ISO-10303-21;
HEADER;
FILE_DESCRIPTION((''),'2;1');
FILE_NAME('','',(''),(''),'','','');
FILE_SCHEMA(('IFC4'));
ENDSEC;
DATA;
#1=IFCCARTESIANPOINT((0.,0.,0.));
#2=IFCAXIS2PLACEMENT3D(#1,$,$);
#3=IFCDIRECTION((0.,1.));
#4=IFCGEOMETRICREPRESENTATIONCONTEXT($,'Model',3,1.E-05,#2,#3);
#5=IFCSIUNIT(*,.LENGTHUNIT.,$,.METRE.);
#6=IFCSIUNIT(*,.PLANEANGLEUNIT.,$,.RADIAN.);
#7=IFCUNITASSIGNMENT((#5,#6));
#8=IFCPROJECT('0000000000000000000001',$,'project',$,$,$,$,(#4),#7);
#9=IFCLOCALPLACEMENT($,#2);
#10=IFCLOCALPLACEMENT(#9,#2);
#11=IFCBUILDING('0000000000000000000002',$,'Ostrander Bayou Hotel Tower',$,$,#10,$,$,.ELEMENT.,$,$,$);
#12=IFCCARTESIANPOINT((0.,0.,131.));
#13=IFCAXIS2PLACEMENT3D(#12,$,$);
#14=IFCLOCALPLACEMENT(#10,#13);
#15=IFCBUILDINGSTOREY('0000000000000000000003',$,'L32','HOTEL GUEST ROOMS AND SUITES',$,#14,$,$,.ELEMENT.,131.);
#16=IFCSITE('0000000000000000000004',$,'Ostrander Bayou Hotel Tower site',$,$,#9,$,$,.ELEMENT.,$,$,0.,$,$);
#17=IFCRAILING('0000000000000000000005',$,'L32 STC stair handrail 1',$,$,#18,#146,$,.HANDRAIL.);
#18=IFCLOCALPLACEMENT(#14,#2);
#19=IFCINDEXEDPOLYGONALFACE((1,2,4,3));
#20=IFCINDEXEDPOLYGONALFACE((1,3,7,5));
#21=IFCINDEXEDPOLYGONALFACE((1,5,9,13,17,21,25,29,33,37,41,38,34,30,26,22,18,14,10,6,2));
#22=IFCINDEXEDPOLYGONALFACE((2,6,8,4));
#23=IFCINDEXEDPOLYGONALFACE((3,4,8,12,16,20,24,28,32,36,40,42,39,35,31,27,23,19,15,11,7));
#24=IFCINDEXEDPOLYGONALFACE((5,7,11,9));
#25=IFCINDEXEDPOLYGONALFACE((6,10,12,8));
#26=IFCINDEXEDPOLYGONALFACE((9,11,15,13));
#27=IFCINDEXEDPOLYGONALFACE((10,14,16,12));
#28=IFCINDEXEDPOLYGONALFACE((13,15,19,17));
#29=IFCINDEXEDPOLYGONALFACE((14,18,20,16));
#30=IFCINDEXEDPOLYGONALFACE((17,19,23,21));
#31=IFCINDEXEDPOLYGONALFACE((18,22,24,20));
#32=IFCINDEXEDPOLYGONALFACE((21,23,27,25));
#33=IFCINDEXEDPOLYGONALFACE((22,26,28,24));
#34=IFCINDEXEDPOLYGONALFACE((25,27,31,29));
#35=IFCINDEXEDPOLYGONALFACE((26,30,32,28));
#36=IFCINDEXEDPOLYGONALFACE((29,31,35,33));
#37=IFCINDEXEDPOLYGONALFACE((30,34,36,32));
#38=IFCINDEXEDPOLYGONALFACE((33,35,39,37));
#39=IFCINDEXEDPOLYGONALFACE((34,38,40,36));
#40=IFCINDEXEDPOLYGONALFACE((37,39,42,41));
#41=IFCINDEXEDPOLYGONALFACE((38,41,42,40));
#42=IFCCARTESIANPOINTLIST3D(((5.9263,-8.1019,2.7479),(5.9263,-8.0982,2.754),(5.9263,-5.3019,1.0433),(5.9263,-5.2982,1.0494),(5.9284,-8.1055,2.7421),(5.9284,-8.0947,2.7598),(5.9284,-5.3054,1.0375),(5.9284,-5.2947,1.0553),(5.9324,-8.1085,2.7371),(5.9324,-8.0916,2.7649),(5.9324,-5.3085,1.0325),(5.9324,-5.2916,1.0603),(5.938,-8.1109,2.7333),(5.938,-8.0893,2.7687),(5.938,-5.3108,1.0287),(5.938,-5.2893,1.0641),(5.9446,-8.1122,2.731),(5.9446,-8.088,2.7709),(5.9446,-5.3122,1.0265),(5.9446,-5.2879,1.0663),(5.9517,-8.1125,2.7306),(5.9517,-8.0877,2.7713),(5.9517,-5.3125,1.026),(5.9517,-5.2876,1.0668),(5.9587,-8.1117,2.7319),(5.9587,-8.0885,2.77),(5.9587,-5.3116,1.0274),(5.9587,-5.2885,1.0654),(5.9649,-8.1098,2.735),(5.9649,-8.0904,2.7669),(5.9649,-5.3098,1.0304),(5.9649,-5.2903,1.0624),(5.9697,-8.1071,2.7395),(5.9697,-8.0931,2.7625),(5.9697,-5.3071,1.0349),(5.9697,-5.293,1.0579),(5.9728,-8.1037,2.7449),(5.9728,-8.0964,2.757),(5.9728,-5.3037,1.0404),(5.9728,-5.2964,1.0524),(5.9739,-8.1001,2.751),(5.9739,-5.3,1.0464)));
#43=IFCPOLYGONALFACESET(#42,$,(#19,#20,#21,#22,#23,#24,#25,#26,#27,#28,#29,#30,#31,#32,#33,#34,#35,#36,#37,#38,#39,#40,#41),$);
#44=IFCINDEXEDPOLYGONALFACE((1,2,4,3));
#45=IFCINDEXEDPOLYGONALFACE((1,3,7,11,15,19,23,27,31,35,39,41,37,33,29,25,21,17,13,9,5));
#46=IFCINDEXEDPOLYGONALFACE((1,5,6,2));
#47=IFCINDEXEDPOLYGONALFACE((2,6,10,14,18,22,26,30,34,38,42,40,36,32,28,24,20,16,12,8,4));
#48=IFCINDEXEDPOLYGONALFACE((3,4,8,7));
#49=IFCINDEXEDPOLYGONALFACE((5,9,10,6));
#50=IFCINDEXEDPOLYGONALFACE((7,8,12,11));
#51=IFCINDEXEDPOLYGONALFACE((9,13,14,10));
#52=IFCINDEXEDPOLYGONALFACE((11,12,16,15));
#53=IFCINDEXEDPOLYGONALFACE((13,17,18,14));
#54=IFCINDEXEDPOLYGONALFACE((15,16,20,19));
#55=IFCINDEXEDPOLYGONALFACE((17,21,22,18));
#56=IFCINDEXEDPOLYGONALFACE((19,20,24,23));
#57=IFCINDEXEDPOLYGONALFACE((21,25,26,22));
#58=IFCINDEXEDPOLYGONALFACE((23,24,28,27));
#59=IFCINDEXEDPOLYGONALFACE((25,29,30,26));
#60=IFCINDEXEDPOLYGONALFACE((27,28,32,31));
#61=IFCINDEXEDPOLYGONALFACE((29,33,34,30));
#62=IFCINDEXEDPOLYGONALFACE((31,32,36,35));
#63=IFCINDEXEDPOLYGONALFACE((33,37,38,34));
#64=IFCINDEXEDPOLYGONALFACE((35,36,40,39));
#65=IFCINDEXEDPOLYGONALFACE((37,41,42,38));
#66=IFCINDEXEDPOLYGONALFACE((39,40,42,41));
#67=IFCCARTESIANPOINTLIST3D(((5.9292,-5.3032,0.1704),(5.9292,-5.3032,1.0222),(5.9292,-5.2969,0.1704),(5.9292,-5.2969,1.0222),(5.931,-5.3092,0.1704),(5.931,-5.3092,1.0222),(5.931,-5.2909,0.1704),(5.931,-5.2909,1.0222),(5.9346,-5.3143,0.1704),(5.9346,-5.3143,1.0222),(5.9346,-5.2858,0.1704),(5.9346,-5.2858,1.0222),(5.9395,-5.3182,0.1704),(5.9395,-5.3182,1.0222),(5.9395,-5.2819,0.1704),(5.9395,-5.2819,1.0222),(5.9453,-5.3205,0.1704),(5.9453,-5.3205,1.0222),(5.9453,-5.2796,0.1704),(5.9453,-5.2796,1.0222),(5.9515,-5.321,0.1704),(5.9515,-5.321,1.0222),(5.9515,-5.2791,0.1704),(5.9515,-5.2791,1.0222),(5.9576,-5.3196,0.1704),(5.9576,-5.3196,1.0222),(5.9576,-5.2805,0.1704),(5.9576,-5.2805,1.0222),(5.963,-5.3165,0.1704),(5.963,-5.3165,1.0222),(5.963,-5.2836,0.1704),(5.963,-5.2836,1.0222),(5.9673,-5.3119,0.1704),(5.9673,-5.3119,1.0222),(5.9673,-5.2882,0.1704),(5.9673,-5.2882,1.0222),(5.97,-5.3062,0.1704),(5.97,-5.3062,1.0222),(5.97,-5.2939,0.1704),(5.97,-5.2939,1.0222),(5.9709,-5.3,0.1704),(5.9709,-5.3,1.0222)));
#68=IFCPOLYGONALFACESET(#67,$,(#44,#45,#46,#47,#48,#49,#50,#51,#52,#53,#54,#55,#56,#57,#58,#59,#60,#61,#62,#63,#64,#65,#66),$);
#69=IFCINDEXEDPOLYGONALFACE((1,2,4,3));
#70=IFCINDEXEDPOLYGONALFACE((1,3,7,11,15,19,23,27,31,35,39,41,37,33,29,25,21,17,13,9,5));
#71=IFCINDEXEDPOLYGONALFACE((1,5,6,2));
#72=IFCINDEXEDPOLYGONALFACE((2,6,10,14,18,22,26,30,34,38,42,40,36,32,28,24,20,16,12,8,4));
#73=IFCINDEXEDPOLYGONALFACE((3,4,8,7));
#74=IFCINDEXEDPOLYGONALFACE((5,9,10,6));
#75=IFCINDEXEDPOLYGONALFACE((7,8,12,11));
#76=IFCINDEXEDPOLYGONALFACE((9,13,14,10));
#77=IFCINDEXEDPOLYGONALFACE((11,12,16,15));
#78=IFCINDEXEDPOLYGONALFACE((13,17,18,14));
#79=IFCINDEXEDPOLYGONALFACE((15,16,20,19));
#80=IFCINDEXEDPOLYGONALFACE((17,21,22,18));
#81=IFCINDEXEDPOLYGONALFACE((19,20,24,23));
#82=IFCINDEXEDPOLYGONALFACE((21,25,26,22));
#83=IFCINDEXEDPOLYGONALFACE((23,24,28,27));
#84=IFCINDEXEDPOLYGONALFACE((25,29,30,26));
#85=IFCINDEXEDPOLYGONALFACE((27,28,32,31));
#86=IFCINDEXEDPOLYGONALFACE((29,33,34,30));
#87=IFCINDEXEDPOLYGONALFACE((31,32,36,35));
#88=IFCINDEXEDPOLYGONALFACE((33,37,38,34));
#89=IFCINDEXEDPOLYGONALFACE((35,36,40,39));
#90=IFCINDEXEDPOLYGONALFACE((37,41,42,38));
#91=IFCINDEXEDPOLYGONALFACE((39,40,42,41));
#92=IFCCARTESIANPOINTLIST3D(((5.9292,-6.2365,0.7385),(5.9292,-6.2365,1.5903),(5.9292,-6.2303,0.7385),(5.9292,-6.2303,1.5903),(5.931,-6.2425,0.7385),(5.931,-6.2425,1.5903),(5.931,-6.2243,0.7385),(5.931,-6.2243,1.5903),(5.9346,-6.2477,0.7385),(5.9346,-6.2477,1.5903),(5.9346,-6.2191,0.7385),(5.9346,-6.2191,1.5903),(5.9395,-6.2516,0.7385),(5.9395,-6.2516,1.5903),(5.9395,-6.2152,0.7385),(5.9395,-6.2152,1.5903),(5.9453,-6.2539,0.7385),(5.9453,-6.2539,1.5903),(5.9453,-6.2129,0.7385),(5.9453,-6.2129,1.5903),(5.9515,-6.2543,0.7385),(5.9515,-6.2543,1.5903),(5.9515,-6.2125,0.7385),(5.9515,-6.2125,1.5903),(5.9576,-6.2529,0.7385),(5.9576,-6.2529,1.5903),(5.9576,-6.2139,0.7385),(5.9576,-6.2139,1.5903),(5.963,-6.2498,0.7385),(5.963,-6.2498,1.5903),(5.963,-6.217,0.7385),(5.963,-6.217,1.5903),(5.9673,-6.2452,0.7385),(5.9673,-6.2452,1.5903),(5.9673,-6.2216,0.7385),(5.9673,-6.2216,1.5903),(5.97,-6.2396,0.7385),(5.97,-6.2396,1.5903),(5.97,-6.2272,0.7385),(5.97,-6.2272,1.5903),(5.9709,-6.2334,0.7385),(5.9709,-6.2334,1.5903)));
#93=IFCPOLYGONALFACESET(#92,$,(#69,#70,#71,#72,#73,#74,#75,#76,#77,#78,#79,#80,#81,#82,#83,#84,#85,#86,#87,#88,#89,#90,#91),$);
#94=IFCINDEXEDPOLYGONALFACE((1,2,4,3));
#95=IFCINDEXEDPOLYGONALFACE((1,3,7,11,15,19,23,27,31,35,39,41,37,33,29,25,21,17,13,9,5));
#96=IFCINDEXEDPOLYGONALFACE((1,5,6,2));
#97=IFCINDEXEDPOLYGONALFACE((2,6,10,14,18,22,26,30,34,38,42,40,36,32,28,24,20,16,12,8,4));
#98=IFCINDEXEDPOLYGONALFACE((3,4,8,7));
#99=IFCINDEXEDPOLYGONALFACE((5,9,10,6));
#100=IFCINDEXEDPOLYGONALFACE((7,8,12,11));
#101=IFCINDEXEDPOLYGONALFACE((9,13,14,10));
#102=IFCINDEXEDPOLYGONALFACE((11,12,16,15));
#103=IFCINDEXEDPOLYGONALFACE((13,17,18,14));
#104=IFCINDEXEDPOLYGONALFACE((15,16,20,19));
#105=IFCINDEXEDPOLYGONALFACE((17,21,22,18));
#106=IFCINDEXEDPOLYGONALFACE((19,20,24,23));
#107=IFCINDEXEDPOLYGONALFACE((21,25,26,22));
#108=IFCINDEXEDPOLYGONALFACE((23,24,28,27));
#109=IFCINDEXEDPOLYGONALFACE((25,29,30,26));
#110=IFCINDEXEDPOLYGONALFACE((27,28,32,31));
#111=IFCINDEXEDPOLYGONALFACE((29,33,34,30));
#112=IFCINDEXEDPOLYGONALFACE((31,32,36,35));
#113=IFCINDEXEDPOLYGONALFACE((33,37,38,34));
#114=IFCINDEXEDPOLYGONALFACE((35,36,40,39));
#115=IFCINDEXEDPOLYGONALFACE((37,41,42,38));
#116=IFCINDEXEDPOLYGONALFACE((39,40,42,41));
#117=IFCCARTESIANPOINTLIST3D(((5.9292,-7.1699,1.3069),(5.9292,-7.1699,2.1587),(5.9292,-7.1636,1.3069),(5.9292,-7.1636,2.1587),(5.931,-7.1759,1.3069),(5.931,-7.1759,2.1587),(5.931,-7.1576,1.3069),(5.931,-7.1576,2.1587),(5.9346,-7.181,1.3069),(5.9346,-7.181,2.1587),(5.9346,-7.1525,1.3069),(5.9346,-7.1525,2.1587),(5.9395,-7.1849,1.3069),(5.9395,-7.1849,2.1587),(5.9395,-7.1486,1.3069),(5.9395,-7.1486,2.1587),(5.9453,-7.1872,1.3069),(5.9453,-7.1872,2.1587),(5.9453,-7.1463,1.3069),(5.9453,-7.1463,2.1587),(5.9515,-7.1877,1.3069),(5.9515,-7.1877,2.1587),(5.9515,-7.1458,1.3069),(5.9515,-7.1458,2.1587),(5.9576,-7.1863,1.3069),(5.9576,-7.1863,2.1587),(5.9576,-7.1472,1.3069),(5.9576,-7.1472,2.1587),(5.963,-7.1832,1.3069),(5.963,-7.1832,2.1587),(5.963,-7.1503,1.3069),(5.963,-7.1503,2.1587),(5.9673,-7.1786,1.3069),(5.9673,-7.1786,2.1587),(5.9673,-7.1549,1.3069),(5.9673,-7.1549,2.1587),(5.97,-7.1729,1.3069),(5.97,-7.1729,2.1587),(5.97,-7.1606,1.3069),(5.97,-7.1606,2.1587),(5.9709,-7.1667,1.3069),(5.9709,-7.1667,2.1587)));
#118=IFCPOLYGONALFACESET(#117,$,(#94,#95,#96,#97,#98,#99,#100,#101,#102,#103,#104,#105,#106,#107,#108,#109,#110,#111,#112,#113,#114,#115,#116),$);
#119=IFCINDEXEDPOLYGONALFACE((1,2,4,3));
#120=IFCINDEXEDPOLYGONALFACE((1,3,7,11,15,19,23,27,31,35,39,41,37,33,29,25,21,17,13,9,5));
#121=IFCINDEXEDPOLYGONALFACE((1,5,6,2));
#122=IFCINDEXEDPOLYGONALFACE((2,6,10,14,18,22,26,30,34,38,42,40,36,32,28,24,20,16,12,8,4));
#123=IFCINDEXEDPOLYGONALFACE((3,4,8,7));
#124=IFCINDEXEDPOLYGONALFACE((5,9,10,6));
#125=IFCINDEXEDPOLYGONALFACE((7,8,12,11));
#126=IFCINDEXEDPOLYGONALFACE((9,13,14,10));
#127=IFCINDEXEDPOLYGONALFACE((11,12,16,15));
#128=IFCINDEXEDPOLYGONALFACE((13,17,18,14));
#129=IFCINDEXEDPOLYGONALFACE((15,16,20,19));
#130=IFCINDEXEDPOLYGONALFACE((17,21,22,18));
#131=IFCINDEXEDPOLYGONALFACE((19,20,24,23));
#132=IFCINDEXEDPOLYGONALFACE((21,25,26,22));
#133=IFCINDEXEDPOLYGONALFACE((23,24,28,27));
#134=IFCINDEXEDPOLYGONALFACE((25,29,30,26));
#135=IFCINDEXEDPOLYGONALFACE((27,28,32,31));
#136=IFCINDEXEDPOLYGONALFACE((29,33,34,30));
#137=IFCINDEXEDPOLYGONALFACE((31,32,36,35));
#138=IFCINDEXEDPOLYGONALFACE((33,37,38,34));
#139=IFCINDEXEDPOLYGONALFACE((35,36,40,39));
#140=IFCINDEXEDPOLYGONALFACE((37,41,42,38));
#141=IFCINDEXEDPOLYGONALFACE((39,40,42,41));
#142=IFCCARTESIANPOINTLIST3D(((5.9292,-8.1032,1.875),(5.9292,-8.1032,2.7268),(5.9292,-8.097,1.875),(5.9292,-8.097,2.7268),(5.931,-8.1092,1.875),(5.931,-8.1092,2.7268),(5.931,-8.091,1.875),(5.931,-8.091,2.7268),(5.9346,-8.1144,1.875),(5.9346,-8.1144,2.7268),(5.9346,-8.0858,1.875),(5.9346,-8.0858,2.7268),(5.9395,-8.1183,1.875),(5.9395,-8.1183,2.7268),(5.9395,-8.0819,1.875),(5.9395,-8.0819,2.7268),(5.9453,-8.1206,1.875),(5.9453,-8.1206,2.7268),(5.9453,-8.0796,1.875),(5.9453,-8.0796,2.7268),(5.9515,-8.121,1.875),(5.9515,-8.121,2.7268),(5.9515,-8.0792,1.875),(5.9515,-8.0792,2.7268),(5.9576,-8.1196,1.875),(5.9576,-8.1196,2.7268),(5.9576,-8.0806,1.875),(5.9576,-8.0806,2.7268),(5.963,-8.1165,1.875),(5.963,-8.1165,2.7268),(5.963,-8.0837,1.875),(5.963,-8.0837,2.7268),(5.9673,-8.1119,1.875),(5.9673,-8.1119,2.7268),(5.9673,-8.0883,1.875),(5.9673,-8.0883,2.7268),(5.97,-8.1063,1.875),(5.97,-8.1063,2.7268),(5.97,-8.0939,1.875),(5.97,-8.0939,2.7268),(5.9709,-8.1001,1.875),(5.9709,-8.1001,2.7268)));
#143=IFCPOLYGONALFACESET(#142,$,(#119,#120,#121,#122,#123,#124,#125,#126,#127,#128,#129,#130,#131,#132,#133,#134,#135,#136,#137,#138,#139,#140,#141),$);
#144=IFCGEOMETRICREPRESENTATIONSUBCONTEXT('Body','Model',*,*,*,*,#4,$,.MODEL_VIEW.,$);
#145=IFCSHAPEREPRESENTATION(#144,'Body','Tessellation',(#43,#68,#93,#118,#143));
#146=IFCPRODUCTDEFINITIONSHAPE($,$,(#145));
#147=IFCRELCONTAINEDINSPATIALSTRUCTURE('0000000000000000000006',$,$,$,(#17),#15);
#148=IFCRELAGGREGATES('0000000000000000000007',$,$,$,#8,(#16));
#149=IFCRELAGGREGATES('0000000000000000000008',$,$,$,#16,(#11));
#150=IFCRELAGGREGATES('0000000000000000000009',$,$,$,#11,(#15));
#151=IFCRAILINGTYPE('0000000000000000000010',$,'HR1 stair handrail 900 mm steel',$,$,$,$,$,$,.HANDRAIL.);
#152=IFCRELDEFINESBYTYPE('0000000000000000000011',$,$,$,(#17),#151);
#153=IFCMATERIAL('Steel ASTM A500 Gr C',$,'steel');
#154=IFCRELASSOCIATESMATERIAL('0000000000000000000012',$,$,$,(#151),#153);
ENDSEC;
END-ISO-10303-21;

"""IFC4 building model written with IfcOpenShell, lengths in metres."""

from ifc_helpers import new_model, si_unit, direction, frame, origin, origin_2d, place, context, subcontext, project, spatial, circle, extrude, material, type_object, element, save


model = new_model("IFC4")

# Units and contexts
model_context = context("Model", 3, precision=1e-05, world=origin(), true_north=direction((0.0, 1.0)))
body_context = subcontext(model_context, "Body", "Model", "MODEL_VIEW")
ifc_project = project(units=[si_unit("LENGTHUNIT", "METRE"), si_unit("PLANEANGLEUNIT", "RADIAN")], contexts=[model_context])

# Site, building, storey
site_placement = place(None, origin())
site = spatial("IfcSite", under=ifc_project, at=site_placement, Name="Ostrander Bayou Hotel Tower site", CompositionType="ELEMENT", RefElevation=0.0)
building_placement = place(site_placement, origin())
building = spatial("IfcBuilding", under=site, at=building_placement, Name="Ostrander Bayou Hotel Tower", CompositionType="ELEMENT")
storey_placement = place(building_placement, frame((0.0, 0.0, 131.0)))
storey = spatial("IfcBuildingStorey", under=building, at=storey_placement, Name="L32", Description="HOTEL GUEST ROOMS AND SUITES", CompositionType="ELEMENT", Elevation=131.0)

# Railing
ifc_material_1 = material(Name="Steel ASTM A500 Gr C", Category="steel")
railing_type_1 = type_object("IfcRailingType", Name="HR1 stair handrail 900 mm steel", PredefinedType="HANDRAIL", material=ifc_material_1)
railing_1_placement = place(storey_placement, frame((5.95, -5.3, 0.1704)))
element("IfcRailing", 1, at=railing_1_placement, inside=storey, type_object=railing_type_1, Name="L32 STC stair handrail 1", PredefinedType="HANDRAIL", context=body_context, shape_type="SweptSolid", body=[
    extrude(circle(Radius=0.0239, at=origin_2d()), frame((0.0, 0.0, 0.876), z_axis=(0.0, -0.85417, 0.519994), x_axis=(1.0, 0.0, 0.0)), (0.0, 0.0, 1.0), 3.2781),
    extrude(circle(Radius=0.021, at=origin_2d()), origin(), (0.0, 0.0, 1.0), 0.8518),
    extrude(circle(Radius=0.021, at=origin_2d()), frame((0.0, -0.9333, 0.5681)), (0.0, 0.0, 1.0), 0.8518),
    extrude(circle(Radius=0.021, at=origin_2d()), frame((0.0, -1.8667, 1.1365)), (0.0, 0.0, 1.0), 0.8518),
    extrude(circle(Radius=0.021, at=origin_2d()), frame((0.0, -2.8, 1.7046)), (0.0, 0.0, 1.0), 0.8518),
])

save(model, "model.ifc")
